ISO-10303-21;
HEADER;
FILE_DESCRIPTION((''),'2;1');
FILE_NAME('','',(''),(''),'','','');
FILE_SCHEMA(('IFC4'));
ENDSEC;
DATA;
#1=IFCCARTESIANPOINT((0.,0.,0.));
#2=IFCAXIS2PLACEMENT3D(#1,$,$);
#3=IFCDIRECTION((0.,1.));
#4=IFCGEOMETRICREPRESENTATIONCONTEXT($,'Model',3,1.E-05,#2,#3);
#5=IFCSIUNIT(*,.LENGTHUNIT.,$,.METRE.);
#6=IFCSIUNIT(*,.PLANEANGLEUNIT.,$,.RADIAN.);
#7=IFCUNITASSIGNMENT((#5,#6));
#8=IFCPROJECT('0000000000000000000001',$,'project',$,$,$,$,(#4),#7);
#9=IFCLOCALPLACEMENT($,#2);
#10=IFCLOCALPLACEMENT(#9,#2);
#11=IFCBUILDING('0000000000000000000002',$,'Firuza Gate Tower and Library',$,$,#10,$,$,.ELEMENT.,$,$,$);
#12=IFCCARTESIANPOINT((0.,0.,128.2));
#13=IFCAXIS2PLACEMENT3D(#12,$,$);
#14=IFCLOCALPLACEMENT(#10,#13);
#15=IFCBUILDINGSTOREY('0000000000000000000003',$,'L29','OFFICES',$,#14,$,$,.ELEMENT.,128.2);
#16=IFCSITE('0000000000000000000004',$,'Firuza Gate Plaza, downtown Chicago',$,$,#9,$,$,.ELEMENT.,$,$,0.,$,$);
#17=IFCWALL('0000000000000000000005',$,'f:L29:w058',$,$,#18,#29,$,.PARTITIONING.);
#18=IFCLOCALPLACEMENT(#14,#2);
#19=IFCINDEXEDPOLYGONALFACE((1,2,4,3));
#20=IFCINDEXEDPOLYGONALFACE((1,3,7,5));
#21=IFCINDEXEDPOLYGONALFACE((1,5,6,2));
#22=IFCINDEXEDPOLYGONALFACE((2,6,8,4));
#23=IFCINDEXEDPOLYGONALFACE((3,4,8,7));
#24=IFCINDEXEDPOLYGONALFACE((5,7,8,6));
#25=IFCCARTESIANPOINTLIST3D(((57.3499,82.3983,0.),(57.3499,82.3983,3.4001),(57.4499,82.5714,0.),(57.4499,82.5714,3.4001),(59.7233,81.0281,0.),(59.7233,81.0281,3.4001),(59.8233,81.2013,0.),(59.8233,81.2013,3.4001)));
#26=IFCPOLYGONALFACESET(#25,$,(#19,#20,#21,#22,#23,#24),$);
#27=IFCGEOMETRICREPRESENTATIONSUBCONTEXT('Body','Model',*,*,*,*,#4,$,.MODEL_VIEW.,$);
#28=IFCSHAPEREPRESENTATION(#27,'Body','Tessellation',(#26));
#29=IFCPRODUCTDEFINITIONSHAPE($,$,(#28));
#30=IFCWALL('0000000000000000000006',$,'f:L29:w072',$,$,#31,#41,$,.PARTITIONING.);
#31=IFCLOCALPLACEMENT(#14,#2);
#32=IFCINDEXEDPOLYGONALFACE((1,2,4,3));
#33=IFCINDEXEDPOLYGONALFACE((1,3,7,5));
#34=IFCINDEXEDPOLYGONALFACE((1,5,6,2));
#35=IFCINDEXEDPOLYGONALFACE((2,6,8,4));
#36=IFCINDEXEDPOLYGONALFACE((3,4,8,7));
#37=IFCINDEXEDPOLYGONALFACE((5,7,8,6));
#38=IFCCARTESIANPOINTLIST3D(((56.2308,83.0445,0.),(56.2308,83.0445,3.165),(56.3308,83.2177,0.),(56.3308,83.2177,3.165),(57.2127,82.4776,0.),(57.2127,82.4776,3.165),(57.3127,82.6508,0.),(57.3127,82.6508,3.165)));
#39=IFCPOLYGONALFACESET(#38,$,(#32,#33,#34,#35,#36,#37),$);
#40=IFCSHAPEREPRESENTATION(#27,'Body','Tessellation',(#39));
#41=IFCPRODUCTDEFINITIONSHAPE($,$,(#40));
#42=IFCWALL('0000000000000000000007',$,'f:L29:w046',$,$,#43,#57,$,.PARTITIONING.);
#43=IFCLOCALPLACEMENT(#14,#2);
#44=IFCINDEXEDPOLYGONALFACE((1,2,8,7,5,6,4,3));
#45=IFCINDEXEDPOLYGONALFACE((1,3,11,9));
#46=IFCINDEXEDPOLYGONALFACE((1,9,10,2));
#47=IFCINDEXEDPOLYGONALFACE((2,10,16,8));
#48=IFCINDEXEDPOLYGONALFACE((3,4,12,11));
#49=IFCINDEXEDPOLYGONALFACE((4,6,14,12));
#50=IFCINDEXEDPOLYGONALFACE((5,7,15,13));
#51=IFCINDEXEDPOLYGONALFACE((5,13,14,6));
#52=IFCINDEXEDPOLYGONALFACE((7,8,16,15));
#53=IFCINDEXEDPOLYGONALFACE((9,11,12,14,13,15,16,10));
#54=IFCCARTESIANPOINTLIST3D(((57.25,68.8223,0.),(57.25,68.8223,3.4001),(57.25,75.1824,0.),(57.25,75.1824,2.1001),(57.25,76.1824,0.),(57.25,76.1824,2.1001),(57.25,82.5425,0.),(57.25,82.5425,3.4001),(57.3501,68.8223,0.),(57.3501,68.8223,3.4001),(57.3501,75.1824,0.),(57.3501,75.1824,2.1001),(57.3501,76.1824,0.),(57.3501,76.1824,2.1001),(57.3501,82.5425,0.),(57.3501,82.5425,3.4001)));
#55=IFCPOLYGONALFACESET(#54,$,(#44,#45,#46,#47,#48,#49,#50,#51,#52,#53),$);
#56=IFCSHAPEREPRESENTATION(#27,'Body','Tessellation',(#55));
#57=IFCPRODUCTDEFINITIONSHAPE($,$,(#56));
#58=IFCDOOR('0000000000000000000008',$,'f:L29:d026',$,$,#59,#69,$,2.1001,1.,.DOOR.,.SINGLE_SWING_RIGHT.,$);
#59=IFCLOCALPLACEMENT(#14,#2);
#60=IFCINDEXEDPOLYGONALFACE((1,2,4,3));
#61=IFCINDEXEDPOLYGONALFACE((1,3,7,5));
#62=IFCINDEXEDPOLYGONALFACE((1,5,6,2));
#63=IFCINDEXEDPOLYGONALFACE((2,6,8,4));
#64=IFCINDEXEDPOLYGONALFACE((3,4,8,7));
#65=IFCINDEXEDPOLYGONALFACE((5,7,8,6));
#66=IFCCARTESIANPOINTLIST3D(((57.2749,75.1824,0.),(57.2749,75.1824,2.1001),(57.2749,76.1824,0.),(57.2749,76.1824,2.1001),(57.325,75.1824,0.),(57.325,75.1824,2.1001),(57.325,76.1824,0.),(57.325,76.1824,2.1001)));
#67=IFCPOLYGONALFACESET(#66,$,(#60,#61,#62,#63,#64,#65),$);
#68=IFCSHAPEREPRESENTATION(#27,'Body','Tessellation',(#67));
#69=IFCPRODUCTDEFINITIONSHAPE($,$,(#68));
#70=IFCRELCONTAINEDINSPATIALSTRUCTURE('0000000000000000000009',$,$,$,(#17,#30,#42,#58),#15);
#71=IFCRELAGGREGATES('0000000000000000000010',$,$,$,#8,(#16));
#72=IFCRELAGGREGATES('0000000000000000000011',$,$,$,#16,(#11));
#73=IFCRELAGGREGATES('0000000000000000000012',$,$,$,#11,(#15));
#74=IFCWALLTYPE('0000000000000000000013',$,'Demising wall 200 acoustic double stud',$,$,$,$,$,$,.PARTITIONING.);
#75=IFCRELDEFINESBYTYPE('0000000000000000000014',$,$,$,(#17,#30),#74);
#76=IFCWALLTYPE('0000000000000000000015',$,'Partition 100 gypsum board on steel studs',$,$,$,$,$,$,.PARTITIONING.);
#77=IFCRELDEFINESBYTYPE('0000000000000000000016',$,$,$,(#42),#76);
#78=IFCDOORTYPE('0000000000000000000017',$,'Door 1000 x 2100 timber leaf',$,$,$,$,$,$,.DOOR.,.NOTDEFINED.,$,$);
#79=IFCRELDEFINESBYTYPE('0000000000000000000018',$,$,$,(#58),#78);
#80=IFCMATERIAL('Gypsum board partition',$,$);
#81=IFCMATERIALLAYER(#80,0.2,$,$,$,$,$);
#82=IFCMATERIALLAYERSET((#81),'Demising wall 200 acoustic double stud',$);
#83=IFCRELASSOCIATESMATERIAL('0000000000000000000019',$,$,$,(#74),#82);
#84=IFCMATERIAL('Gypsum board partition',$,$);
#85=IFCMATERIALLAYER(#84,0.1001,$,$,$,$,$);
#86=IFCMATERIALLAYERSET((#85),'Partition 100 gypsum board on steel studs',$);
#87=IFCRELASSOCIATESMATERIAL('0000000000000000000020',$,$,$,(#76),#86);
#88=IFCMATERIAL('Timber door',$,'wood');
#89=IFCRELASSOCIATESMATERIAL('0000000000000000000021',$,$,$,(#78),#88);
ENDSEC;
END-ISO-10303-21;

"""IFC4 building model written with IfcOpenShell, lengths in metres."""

from ifc_helpers import new_model, si_unit, direction, frame, frame_2d, origin, place, context, subcontext, project, spatial, rectangle, extrude, material, layer, layer_set, type_object, element, fill, save


model = new_model("IFC4")

# Units and contexts
model_context = context("Model", 3, precision=1e-05, world=origin(), true_north=direction((0.0, 1.0)))
body_context = subcontext(model_context, "Body", "Model", "MODEL_VIEW")
ifc_project = project(units=[si_unit("LENGTHUNIT", "METRE"), si_unit("PLANEANGLEUNIT", "RADIAN")], contexts=[model_context])

# Site, building, storey
site_placement = place(None, origin())
site = spatial("IfcSite", under=ifc_project, at=site_placement, Name="Firuza Gate Plaza, downtown Chicago", CompositionType="ELEMENT", RefElevation=0.0)
building_placement = place(site_placement, origin())
building = spatial("IfcBuilding", under=site, at=building_placement, Name="Firuza Gate Tower and Library", CompositionType="ELEMENT")
storey_placement = place(building_placement, frame((0.0, 0.0, 128.2)))
storey = spatial("IfcBuildingStorey", under=building, at=storey_placement, Name="L29", Description="OFFICES", CompositionType="ELEMENT", Elevation=128.2)

# Walls
ifc_material_1 = material(Name="Gypsum board partition")
ifc_layer_1 = layer(ifc_material_1, 0.2)
ifc_layer_set_1 = layer_set([ifc_layer_1], Name="Demising wall 200 acoustic double stud")
wall_type_1 = type_object("IfcWallType", Name="Demising wall 200 acoustic double stud", PredefinedType="PARTITIONING", material=ifc_layer_set_1)
wall_1_placement = place(storey_placement, frame((59.7732, 81.1147, 0.0), z_axis=(0.0, 0.0, 1.0), x_axis=(-0.866042, 0.499972, 0.0)))
element("IfcWall", 1, at=wall_1_placement, inside=storey, type_object=wall_type_1, Name="f:L29:w058", PredefinedType="PARTITIONING", context=body_context, shape_type="SweptSolid", body=[
    extrude(rectangle(XDim=2.7405, YDim=0.2, at=frame_2d((1.3701, 0.0))), origin(), (0.0, 0.0, 1.0), 3.4001),
])
wall_2_placement = place(storey_placement, frame((57.2627, 82.5642, 0.0), z_axis=(0.0, 0.0, 1.0), x_axis=(-0.866035, 0.499983, 0.0)))
element("IfcWall", 2, at=wall_2_placement, inside=storey, type_object=wall_type_1, Name="f:L29:w072", PredefinedType="PARTITIONING", context=body_context, shape_type="SweptSolid", body=[
    extrude(rectangle(XDim=1.1338, YDim=0.2, at=frame_2d((0.5669, 0.0))), origin(), (0.0, 0.0, 1.0), 3.165),
])

# Wall, opening, door
ifc_material_2 = material(Name="Gypsum board partition")
ifc_layer_2 = layer(ifc_material_2, 0.1001)
ifc_layer_set_2 = layer_set([ifc_layer_2], Name="Partition 100 gypsum board on steel studs")
wall_type_2 = type_object("IfcWallType", Name="Partition 100 gypsum board on steel studs", PredefinedType="PARTITIONING", material=ifc_layer_set_2)
wall_3_placement = place(storey_placement, frame((57.3, 82.5425, 0.0), z_axis=(0.0, 0.0, 1.0), x_axis=(0.0, -1.0, 0.0)))
wall_3 = element("IfcWall", 3, at=wall_3_placement, inside=storey, type_object=wall_type_2, Name="f:L29:w046", PredefinedType="PARTITIONING", context=body_context, shape_type="SweptSolid", body=[
    extrude(rectangle(XDim=13.7202, YDim=0.1001, at=frame_2d((6.8601, 0.0))), origin(), (0.0, 0.0, 1.0), 3.4001),
])
opening_1_placement = place(wall_3_placement, frame((6.3601, 0.0, 0.0)))
opening_1 = element("IfcOpeningElement", 4, at=opening_1_placement, cuts=wall_3, PredefinedType="OPENING", context=body_context, shape_type="SweptSolid", body=[
    extrude(rectangle(XDim=1.0, YDim=2.1001, at=frame_2d((0.5, 1.05))), frame((0.0, 0.0601, 0.0), z_axis=(0.0, -1.0, 0.0), x_axis=(1.0, 0.0, 0.0)), (0.0, 0.0, 1.0), 0.1201),
])
ifc_material_3 = material(Name="Timber door", Category="wood")
door_type_1 = type_object("IfcDoorType", Name="Door 1000 x 2100 timber leaf", OperationType="NOTDEFINED", PredefinedType="DOOR", material=ifc_material_3)
door_1_placement = place(opening_1_placement, origin())
door_1 = element("IfcDoor", 5, at=door_1_placement, inside=storey, type_object=door_type_1, Name="f:L29:d026", OperationType="SINGLE_SWING_RIGHT", OverallHeight=2.1001, OverallWidth=1.0, PredefinedType="DOOR", context=body_context, shape_type="SweptSolid", body=[
    extrude(rectangle(XDim=1.0, YDim=2.1001, at=frame_2d((0.5, 1.05))), frame((0.0, 0.0249, 0.0), z_axis=(0.0, -1.0, 0.0), x_axis=(1.0, 0.0, 0.0)), (0.0, 0.0, 1.0), 0.05),
])
fill(opening_1, door_1)

save(model, "model.ifc")
